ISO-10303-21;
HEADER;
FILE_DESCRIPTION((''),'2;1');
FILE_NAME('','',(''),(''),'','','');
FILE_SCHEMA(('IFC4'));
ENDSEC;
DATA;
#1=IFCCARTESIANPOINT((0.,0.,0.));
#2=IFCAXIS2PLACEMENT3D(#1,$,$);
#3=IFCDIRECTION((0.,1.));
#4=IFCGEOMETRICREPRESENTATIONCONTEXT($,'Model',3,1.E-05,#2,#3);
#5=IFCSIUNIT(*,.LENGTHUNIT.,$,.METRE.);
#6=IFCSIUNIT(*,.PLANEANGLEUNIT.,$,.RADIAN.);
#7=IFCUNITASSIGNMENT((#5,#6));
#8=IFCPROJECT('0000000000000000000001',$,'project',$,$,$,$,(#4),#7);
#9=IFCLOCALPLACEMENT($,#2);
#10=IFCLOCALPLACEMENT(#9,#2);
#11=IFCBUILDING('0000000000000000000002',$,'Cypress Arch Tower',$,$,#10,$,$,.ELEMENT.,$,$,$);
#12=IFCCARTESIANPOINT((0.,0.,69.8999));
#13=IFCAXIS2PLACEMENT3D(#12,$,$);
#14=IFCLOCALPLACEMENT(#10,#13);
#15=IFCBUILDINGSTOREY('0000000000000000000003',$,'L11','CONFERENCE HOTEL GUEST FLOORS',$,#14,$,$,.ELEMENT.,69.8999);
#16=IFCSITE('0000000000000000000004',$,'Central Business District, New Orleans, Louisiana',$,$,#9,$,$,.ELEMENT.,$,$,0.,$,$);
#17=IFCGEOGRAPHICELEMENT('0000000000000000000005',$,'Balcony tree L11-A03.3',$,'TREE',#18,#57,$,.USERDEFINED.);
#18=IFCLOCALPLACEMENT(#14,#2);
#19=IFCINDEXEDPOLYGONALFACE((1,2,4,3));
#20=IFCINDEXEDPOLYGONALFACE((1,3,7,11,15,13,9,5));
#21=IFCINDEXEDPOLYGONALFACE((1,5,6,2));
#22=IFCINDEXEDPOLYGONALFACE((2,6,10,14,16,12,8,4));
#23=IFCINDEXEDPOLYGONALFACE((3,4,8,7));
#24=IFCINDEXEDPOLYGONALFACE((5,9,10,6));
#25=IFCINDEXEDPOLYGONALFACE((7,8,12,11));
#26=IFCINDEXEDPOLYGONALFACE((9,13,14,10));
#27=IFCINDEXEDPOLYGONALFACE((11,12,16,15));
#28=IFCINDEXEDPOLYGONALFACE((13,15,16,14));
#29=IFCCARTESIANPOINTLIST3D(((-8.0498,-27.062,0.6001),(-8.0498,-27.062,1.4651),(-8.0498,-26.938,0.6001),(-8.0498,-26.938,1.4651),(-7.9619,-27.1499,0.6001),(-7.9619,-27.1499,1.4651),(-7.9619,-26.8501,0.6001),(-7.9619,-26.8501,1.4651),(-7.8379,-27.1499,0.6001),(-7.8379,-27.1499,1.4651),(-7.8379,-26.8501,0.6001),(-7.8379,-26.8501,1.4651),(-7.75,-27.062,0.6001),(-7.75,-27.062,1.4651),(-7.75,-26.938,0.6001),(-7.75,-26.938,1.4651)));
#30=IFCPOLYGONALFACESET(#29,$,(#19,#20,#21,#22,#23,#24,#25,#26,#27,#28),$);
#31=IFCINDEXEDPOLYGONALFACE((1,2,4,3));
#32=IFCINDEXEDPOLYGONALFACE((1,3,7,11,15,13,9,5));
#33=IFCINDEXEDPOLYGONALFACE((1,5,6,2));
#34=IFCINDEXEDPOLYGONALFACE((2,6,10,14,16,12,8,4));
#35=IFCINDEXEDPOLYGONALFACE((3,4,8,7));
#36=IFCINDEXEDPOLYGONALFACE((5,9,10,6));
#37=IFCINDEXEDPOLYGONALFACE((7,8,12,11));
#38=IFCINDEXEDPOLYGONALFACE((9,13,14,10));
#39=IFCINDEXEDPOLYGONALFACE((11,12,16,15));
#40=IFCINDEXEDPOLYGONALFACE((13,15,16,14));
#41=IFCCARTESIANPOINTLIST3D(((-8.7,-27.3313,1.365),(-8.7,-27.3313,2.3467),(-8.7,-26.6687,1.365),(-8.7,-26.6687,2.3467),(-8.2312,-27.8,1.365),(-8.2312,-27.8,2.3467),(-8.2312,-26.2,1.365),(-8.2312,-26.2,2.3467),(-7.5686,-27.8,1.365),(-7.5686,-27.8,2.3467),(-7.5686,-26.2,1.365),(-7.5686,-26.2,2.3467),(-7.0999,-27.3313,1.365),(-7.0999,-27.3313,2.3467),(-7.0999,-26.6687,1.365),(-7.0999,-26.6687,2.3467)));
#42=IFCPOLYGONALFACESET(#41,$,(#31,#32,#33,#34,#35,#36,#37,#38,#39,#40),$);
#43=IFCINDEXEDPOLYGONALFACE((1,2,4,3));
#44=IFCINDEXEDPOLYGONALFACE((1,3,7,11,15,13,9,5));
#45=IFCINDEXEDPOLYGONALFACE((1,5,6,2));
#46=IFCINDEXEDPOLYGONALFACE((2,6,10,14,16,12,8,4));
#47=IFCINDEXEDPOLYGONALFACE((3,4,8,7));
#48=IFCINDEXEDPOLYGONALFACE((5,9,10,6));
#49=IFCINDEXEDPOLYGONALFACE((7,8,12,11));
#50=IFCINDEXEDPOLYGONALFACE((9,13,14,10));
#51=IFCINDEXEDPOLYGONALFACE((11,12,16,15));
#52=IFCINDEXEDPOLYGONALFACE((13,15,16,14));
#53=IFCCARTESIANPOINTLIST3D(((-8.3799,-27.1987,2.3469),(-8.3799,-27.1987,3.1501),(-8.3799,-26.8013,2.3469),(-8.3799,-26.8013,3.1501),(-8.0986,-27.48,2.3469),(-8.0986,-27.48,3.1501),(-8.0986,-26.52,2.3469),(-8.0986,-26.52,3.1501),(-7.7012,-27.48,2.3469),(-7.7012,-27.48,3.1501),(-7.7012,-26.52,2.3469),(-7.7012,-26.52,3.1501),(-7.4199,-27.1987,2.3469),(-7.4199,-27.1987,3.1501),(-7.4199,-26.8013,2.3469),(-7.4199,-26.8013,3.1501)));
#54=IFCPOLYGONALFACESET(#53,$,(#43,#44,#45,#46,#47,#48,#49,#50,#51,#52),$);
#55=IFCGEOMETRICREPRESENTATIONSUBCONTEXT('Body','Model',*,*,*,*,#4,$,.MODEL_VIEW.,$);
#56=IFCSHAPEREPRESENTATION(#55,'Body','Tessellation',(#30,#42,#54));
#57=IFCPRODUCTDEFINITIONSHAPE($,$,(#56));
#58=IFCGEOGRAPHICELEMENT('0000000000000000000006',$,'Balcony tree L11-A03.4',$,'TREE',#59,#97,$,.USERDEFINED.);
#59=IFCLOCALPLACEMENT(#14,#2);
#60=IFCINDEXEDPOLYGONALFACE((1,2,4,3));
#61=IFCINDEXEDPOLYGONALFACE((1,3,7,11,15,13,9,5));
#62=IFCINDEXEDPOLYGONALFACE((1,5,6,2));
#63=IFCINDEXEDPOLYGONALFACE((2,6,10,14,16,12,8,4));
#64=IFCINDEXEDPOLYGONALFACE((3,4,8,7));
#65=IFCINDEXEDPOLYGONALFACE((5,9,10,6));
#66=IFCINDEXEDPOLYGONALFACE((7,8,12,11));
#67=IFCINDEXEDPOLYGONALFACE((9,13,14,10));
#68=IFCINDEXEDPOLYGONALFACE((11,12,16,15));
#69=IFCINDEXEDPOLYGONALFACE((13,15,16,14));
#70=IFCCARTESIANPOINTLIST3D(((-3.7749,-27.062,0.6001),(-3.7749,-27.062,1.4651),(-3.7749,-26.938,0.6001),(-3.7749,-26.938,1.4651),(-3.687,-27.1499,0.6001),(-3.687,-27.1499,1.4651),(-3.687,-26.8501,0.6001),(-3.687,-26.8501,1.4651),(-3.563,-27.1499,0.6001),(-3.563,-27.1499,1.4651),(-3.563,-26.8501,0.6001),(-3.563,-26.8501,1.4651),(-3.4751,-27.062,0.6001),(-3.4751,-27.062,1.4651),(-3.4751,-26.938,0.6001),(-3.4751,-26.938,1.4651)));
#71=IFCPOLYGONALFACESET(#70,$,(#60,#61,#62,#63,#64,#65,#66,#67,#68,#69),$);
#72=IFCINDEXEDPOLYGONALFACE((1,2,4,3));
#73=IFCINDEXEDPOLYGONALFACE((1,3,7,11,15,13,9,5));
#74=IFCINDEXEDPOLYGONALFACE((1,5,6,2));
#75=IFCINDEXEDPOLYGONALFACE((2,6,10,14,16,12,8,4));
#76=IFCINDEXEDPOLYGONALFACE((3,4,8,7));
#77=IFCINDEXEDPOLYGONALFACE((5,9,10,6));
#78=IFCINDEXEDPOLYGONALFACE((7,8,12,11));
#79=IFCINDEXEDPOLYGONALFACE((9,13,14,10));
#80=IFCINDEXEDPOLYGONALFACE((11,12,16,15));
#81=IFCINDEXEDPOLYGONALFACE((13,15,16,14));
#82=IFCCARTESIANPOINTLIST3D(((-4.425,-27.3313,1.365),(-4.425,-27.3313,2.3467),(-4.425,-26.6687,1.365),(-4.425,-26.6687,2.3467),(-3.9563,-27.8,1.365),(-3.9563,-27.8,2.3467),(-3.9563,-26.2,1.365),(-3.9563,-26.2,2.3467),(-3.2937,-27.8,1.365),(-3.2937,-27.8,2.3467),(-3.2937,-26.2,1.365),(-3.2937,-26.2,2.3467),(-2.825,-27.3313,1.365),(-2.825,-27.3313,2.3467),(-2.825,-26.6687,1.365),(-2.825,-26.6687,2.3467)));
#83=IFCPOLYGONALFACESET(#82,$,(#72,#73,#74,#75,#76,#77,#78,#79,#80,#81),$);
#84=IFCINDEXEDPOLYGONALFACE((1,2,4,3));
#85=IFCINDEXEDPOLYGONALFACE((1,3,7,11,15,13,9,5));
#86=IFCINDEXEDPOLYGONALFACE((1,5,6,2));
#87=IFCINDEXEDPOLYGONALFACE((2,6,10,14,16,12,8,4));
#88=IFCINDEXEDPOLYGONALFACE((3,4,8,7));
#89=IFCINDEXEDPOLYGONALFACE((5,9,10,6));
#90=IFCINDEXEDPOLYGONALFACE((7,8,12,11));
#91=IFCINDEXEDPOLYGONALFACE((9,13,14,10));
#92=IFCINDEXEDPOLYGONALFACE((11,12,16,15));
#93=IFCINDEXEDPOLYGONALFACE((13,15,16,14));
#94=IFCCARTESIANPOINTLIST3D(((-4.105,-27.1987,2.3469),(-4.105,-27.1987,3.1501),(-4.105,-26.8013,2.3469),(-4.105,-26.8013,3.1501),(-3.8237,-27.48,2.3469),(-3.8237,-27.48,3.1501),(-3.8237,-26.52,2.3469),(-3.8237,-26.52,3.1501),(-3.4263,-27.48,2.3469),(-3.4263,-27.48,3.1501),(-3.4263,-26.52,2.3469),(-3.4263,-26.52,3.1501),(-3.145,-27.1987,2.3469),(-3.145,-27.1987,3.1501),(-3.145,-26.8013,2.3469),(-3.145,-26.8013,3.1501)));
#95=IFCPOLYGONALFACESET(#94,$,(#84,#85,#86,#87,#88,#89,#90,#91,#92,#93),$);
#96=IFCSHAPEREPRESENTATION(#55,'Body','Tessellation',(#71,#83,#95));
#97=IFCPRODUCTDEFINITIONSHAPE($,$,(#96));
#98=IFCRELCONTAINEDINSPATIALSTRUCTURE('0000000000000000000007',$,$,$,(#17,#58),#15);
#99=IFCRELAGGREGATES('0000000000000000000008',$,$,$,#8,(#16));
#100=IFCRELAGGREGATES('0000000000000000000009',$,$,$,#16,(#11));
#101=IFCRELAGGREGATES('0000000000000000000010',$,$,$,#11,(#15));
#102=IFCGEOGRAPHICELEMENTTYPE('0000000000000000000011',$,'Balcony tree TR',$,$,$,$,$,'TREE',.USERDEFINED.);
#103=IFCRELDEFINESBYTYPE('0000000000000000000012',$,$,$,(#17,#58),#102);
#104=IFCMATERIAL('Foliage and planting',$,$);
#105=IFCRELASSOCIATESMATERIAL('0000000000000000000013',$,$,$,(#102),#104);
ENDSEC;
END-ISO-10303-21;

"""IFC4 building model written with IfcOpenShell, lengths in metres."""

from ifc_helpers import new_model, si_unit, direction, frame, origin, place, context, subcontext, project, spatial, polyline, outline, extrude, material, type_object, element, save


model = new_model("IFC4")

# Units and contexts
model_context = context("Model", 3, precision=1e-05, world=origin(), true_north=direction((0.0, 1.0)))
body_context = subcontext(model_context, "Body", "Model", "MODEL_VIEW")
ifc_project = project(units=[si_unit("LENGTHUNIT", "METRE"), si_unit("PLANEANGLEUNIT", "RADIAN")], contexts=[model_context])

# Site, building, storey
site_placement = place(None, origin())
site = spatial("IfcSite", under=ifc_project, at=site_placement, Name="Central Business District, New Orleans, Louisiana", CompositionType="ELEMENT", RefElevation=0.0)
building_placement = place(site_placement, origin())
building = spatial("IfcBuilding", under=site, at=building_placement, Name="Cypress Arch Tower", CompositionType="ELEMENT")
storey_placement = place(building_placement, frame((0.0, 0.0, 69.8999)))
storey = spatial("IfcBuildingStorey", under=building, at=storey_placement, Name="L11", Description="CONFERENCE HOTEL GUEST FLOORS", CompositionType="ELEMENT", Elevation=69.8999)

# Geographic elements
ifc_material_1 = material(Name="Foliage and planting")
geographic_element_type = type_object("IfcGeographicElementType", Name="Balcony tree TR", ElementType="TREE", PredefinedType="USERDEFINED", material=ifc_material_1)
for number, where, z_axis, x_axis, name in (
    (1, (-7.8999, -27.0, 0.6001), (0.0, 0.0, 1.0), (1.0, 0.0, 0.0), "Balcony tree L11-A03.3"),
    (2, (-3.625, -27.0, 0.6001), (0.0, 0.0, 1.0), (1.0, 0.0, 0.0), "Balcony tree L11-A03.4"),
):
    element("IfcGeographicElement", number, at=place(storey_placement, frame(where, z_axis=z_axis, x_axis=x_axis)), inside=storey, type_object=geographic_element_type, Name=name, ObjectType="TREE", PredefinedType="USERDEFINED", context=body_context, shape_type="SweptSolid", body=[
        extrude(outline(polyline([(0.1499, 0.062), (0.062, 0.1499), (-0.062, 0.1499), (-0.1499, 0.062), (-0.1499, -0.062), (-0.062, -0.1499), (0.062, -0.1499), (0.1499, -0.062), (0.1499, 0.062)])), origin(), (0.0, 0.0, 1.0), 0.865),
        extrude(outline(polyline([(0.8, 0.3313), (0.3313, 0.8), (-0.3313, 0.8), (-0.8, 0.3313), (-0.8, -0.3313), (-0.3313, -0.8), (0.3313, -0.8), (0.8, -0.3313), (0.8, 0.3313)])), frame((0.0, 0.0, 0.7649)), (0.0, 0.0, 1.0), 0.9817),
        extrude(outline(polyline([(0.48, 0.1987), (0.1987, 0.48), (-0.1987, 0.48), (-0.48, 0.1987), (-0.48, -0.1987), (-0.1987, -0.48), (0.1987, -0.48), (0.48, -0.1987), (0.48, 0.1987)])), frame((0.0, 0.0, 1.7468)), (0.0, 0.0, 1.0), 0.8032),
    ])

save(model, "model.ifc")
